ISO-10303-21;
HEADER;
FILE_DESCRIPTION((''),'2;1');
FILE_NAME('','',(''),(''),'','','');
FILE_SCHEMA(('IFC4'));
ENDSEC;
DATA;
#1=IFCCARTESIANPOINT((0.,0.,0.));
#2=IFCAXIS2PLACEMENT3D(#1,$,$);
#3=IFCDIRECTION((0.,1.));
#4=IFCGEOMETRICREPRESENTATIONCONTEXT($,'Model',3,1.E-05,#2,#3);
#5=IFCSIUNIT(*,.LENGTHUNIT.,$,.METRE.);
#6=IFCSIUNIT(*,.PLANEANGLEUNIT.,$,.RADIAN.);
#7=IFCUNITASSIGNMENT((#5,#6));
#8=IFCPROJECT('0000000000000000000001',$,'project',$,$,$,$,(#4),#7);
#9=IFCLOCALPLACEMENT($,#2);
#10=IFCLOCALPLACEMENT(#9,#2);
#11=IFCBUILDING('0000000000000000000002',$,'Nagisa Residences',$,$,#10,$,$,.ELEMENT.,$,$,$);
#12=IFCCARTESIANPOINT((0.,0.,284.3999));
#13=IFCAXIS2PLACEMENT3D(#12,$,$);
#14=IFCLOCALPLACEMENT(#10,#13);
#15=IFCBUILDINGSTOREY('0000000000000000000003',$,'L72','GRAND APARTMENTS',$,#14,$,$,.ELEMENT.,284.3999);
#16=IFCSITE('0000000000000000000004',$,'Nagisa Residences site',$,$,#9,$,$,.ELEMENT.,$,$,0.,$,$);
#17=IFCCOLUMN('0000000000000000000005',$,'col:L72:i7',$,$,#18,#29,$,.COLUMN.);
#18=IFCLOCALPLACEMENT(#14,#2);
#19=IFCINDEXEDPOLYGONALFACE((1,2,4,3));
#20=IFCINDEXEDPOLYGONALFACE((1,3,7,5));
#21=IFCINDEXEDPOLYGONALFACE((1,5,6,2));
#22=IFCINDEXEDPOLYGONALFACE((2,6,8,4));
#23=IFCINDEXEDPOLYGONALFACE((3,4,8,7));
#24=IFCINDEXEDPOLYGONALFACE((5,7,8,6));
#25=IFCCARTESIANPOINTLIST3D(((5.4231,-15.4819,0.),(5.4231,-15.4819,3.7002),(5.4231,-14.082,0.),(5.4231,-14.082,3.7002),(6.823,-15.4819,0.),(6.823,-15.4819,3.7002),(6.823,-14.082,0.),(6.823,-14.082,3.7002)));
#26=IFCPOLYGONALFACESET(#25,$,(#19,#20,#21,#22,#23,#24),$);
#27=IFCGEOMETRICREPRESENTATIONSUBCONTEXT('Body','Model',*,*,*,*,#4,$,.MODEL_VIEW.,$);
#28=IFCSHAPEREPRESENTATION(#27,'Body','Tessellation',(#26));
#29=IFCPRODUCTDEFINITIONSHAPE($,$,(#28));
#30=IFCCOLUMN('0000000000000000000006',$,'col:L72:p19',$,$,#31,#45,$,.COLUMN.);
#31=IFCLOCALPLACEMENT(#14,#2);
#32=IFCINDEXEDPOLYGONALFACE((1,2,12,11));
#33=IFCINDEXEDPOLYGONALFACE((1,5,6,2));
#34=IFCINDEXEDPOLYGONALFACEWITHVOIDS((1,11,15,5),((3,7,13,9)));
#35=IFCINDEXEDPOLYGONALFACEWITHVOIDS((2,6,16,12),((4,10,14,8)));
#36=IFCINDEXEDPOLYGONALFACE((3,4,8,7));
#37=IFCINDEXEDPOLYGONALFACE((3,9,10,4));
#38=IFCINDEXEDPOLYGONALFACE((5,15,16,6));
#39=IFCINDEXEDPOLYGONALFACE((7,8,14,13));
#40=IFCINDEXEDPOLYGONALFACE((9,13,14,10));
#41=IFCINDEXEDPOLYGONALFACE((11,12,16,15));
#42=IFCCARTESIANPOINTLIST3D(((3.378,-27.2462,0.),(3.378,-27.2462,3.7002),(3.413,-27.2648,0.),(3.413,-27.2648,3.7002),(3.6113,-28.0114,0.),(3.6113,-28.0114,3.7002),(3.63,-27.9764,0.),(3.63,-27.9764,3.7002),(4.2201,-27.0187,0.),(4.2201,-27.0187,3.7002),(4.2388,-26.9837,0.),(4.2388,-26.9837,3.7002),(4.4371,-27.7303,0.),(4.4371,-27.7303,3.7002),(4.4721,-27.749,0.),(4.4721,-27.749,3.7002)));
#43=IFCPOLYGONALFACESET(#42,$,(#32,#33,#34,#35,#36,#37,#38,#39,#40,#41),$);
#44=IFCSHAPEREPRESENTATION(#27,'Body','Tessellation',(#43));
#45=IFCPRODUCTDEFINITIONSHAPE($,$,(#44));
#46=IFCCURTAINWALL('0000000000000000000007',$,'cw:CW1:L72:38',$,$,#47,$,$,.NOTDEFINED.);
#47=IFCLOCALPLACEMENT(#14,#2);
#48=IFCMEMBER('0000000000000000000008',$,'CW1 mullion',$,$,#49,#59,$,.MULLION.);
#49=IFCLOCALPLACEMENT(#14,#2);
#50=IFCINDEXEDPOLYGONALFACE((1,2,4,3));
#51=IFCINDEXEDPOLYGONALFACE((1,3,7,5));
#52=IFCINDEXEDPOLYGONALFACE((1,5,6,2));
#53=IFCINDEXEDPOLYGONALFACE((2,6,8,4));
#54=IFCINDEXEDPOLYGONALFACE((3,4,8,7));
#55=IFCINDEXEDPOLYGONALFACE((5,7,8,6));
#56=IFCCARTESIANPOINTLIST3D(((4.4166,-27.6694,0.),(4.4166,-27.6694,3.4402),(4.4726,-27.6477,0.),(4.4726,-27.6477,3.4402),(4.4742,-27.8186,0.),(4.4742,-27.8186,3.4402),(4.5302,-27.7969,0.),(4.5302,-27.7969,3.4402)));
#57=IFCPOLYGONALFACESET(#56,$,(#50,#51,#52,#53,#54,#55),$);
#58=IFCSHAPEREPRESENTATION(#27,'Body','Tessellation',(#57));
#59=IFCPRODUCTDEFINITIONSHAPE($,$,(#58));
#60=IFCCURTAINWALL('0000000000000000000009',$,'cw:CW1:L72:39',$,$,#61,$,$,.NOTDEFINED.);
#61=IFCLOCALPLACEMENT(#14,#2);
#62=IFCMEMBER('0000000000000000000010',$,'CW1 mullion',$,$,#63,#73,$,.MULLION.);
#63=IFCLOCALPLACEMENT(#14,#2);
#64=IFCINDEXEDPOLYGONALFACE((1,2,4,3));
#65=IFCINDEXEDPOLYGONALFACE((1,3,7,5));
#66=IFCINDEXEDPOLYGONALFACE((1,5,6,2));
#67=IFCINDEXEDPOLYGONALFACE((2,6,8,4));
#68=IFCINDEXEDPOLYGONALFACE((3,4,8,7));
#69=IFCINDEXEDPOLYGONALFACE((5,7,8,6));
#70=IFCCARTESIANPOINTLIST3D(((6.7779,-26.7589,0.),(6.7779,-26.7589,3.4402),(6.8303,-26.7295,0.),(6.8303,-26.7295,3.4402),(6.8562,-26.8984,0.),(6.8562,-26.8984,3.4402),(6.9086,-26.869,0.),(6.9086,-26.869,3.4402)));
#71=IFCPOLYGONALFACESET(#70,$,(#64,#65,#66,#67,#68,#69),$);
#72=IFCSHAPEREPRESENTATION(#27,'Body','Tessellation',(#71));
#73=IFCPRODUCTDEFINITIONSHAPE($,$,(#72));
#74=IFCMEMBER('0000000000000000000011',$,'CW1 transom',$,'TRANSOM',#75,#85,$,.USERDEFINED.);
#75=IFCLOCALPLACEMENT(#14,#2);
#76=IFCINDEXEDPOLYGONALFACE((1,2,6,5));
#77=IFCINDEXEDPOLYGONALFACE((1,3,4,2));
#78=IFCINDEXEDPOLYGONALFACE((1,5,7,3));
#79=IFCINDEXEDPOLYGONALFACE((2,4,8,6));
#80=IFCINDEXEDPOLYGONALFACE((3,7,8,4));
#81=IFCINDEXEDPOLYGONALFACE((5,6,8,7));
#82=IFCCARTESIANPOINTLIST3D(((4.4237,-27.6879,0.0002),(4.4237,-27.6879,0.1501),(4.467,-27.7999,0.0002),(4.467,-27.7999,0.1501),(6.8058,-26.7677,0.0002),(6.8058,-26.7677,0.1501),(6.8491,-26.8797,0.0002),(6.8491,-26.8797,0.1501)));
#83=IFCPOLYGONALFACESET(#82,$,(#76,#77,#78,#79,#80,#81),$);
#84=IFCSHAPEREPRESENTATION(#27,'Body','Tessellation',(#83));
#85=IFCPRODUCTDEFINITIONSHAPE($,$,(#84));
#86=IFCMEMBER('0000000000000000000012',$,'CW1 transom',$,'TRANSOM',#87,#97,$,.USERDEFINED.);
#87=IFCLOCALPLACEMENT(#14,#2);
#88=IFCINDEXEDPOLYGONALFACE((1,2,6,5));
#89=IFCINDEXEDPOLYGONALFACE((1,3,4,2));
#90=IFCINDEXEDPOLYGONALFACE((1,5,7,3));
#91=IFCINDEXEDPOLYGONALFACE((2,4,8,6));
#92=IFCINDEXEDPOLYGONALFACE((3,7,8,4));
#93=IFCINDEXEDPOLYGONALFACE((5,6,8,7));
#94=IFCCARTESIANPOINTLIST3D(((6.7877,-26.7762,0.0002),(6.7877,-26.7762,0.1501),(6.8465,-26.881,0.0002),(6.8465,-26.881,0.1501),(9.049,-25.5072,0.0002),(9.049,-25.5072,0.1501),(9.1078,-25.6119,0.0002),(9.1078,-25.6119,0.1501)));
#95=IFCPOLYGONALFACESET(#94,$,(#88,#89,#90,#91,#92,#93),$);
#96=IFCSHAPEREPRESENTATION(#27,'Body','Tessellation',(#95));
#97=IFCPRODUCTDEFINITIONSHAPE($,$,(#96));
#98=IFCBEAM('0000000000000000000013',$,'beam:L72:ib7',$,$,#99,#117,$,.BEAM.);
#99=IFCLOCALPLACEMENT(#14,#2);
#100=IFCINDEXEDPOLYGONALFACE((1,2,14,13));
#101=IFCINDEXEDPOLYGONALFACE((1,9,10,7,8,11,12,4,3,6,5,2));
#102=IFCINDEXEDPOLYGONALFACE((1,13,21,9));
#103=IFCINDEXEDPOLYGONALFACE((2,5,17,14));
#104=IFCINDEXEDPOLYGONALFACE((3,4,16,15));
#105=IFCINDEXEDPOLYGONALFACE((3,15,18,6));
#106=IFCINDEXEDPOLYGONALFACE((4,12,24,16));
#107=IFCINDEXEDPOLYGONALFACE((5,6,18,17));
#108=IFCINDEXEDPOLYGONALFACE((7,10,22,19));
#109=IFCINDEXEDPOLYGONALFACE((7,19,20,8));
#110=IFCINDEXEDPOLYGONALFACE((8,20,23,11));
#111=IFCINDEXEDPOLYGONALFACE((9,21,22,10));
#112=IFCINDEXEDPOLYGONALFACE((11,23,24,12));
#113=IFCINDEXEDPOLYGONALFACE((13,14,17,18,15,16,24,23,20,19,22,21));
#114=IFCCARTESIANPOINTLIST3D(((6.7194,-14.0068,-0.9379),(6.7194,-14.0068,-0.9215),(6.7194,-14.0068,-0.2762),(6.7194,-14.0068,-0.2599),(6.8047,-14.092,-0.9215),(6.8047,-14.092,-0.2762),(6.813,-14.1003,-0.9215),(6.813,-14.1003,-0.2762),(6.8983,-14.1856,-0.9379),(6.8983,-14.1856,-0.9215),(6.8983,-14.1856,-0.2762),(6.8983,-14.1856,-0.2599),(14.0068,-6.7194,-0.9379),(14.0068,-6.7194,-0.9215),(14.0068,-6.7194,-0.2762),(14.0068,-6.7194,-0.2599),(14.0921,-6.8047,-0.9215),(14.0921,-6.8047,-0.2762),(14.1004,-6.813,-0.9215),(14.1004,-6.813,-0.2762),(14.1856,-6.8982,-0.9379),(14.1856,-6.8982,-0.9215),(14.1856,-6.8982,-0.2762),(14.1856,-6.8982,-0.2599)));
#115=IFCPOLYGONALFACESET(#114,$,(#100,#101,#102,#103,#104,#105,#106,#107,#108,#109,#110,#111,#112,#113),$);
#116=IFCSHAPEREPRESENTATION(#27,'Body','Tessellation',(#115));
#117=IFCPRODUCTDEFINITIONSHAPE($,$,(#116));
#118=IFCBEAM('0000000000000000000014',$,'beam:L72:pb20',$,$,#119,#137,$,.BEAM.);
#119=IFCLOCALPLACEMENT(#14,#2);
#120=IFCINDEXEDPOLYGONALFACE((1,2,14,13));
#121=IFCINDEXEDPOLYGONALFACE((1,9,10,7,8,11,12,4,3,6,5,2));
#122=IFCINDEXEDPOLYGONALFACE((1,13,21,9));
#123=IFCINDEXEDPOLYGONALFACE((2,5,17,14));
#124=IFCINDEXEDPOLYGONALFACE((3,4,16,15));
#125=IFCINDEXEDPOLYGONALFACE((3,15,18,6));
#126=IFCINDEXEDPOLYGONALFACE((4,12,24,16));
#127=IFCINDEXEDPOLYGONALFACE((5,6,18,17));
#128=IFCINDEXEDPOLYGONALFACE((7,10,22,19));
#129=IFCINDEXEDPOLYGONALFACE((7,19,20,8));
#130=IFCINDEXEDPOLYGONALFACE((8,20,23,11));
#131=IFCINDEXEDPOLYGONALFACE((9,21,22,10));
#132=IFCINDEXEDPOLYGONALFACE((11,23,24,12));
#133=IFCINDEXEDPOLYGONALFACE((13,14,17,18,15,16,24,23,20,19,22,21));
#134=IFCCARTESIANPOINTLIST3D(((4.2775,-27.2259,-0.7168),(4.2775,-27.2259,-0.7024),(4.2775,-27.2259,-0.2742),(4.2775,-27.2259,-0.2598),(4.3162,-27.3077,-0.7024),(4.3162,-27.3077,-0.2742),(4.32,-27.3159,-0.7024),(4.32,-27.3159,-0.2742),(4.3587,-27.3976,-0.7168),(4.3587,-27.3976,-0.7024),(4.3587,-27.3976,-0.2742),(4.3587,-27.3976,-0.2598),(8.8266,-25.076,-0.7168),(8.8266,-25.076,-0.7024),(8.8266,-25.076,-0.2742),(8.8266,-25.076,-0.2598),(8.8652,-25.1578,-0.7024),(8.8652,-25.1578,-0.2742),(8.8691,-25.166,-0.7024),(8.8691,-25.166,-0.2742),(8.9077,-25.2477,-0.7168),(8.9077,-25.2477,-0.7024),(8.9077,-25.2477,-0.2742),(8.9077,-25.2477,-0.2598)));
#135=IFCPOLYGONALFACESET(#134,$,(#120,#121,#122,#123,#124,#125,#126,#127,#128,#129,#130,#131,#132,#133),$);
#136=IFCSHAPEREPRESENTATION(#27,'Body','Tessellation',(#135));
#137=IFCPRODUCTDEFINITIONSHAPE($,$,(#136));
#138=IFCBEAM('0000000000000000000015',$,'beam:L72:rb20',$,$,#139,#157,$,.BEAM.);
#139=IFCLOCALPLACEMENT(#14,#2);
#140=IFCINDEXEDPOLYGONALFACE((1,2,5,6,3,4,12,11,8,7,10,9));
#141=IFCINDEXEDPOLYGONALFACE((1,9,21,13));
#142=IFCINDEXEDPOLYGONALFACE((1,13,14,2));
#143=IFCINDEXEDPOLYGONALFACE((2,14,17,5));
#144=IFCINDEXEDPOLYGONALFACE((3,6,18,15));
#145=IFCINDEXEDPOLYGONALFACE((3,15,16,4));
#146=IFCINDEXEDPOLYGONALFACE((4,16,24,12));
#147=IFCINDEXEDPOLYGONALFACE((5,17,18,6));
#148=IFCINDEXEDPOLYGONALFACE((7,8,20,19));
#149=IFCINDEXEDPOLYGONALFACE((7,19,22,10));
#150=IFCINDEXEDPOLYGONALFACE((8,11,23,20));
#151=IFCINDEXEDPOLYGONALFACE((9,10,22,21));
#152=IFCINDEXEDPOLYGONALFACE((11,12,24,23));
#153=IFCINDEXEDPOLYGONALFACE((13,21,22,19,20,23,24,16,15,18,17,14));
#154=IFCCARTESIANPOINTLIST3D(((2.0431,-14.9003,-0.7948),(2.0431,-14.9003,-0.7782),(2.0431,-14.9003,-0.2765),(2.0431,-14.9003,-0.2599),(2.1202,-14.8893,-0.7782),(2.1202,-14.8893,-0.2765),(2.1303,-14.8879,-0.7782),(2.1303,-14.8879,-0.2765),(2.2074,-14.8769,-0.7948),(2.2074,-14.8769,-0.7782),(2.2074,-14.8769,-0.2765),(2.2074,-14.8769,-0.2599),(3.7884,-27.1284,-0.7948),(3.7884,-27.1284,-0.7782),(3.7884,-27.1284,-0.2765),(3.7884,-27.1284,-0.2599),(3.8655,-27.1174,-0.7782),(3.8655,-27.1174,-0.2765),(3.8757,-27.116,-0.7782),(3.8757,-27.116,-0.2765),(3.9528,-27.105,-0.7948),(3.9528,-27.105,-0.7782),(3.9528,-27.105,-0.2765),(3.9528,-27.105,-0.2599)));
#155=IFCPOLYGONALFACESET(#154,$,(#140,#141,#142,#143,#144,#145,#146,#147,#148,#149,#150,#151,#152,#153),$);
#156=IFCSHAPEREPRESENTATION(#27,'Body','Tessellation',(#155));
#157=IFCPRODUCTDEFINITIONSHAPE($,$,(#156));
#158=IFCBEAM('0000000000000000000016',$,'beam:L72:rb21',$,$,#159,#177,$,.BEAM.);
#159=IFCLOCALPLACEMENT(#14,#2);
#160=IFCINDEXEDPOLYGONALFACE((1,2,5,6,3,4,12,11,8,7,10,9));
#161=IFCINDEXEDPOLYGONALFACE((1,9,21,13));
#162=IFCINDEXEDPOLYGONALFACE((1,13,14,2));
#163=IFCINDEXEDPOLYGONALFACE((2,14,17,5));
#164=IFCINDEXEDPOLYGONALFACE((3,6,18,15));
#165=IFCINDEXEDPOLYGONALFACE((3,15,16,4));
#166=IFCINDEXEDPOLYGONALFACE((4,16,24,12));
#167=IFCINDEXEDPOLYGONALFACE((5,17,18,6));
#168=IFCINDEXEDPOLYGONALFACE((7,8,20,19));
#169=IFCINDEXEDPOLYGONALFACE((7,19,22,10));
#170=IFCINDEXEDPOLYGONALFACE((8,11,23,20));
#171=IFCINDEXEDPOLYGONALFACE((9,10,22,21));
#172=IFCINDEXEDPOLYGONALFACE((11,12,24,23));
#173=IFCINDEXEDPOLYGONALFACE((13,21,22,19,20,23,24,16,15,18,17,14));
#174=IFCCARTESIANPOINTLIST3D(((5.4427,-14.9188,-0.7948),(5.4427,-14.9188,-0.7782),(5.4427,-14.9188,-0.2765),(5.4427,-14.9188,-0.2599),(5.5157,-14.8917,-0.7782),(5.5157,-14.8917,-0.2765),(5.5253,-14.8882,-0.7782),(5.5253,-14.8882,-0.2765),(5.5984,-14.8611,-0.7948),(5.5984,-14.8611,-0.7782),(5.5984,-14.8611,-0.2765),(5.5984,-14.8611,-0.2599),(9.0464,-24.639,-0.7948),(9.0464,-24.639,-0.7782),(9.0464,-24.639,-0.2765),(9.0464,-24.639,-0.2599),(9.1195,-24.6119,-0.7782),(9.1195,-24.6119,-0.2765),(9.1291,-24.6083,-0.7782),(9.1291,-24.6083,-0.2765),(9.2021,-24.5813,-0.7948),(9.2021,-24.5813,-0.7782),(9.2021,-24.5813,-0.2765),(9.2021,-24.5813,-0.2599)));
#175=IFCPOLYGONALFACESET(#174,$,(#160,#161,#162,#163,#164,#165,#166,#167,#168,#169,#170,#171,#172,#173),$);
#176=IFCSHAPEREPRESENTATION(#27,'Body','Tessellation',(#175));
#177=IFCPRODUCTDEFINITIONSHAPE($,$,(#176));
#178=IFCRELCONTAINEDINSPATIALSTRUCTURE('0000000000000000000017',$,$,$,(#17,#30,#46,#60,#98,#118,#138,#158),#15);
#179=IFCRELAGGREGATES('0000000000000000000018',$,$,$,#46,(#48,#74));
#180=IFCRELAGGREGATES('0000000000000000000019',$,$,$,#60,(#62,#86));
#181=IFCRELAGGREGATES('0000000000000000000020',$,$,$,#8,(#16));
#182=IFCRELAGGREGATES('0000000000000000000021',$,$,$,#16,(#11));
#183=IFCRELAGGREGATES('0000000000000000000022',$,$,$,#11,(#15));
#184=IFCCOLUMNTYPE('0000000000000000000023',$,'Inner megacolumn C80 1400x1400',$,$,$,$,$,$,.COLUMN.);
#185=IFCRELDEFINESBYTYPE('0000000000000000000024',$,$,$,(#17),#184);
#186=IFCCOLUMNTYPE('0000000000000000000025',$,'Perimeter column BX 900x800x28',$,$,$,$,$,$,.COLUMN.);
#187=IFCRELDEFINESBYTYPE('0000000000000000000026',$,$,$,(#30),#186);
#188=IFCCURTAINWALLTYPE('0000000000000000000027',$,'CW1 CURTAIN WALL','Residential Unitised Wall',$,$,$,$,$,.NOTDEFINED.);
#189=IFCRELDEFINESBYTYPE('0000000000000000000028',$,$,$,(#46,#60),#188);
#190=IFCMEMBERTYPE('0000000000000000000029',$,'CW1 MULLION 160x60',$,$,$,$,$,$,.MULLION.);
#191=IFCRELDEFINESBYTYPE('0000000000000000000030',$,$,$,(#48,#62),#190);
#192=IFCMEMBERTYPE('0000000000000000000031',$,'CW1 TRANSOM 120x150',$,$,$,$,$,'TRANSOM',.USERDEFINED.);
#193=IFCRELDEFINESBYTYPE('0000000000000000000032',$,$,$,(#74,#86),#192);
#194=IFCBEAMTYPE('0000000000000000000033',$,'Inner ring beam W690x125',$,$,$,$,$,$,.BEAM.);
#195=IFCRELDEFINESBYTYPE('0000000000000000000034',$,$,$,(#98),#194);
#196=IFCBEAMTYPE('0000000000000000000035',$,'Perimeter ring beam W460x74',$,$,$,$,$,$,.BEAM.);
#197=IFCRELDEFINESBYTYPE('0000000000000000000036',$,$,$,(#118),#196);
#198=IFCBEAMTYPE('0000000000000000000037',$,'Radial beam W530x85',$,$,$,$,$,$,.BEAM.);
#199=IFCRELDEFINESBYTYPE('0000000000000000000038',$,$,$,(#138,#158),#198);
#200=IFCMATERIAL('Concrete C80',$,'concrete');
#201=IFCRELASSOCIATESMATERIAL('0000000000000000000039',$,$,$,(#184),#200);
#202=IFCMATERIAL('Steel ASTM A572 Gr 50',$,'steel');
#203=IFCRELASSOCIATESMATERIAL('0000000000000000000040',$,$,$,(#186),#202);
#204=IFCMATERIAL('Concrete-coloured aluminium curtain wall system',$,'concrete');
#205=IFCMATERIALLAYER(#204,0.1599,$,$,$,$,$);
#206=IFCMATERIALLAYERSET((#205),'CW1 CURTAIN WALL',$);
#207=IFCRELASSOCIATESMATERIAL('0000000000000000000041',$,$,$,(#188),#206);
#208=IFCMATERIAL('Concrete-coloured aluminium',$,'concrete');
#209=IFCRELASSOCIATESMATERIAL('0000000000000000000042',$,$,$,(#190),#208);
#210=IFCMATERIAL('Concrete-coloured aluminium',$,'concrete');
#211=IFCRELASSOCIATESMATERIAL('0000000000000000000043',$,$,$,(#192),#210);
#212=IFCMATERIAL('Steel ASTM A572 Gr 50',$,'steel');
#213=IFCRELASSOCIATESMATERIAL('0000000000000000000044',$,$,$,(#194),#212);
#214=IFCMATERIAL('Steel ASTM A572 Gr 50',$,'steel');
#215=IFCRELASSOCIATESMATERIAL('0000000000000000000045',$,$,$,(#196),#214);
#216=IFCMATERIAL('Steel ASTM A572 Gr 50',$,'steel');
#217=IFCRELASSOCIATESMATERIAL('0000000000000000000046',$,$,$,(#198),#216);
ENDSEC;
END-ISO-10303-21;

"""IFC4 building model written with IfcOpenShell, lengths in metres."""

from ifc_helpers import new_model, si_unit, direction, frame, origin, origin_2d, place, context, subcontext, project, spatial, rectangle, hollow_rectangle, i_section, extrude, material, layer, layer_set, material_profile, profile_set, type_object, element, aggregate, save


model = new_model("IFC4")

# Units and contexts
model_context = context("Model", 3, precision=1e-05, world=origin(), true_north=direction((0.0, 1.0)))
body_context = subcontext(model_context, "Body", "Model", "MODEL_VIEW")
ifc_project = project(units=[si_unit("LENGTHUNIT", "METRE"), si_unit("PLANEANGLEUNIT", "RADIAN")], contexts=[model_context])

# Site, building, storey
site_placement = place(None, origin())
site = spatial("IfcSite", under=ifc_project, at=site_placement, Name="Nagisa Residences site", CompositionType="ELEMENT", RefElevation=0.0)
building_placement = place(site_placement, origin())
building = spatial("IfcBuilding", under=site, at=building_placement, Name="Nagisa Residences", CompositionType="ELEMENT")
storey_placement = place(building_placement, frame((0.0, 0.0, 284.3999)))
storey = spatial("IfcBuildingStorey", under=building, at=storey_placement, Name="L72", Description="GRAND APARTMENTS", CompositionType="ELEMENT", Elevation=284.3999)

# Columns
ifc_material_1 = material(Name="Concrete C80", Category="concrete")
ifc_material_profile_1 = material_profile(ifc_material_1, rectangle(XDim=1.3999, YDim=1.3999, at=origin_2d()), Name="C80 1400x1400")
ifc_profile_set_1 = profile_set([ifc_material_profile_1], Name="Concrete C80")
column_type_1 = type_object("IfcColumnType", Name="Inner megacolumn C80 1400x1400", PredefinedType="COLUMN", material=ifc_profile_set_1)
column_1_placement = place(storey_placement, frame((6.123, -14.782, 0.0), z_axis=(0.0, 0.0, 1.0), x_axis=(1.0, 0.0, 0.0)))
element("IfcColumn", 1, at=column_1_placement, inside=storey, type_object=column_type_1, Name="col:L72:i7", PredefinedType="COLUMN", context=body_context, shape_type="SweptSolid", body=[
    extrude(rectangle(XDim=1.3999, YDim=1.3999, at=origin_2d()), origin(), (0.0, 0.0, 1.0), 3.7002),
])
ifc_material_2 = material(Name="Steel ASTM A572 Gr 50", Category="steel")
ifc_material_profile_2 = material_profile(ifc_material_2, hollow_rectangle(XDim=0.8999, YDim=0.8, WallThickness=0.0281, at=origin_2d()), Name="BX 900x800x28")
ifc_profile_set_2 = profile_set([ifc_material_profile_2], Name="Steel ASTM A572 Gr 50")
column_type_2 = type_object("IfcColumnType", Name="Perimeter column BX 900x800x28", PredefinedType="COLUMN", material=ifc_profile_set_2)
column_2_placement = place(storey_placement, frame((3.925, -27.4976, 0.0), z_axis=(0.0, 0.0, 1.0), x_axis=(0.956525, 0.291652, 0.0)))
element("IfcColumn", 2, at=column_2_placement, inside=storey, type_object=column_type_2, Name="col:L72:p19", PredefinedType="COLUMN", context=body_context, shape_type="SweptSolid", body=[
    extrude(hollow_rectangle(XDim=0.8999, YDim=0.8, WallThickness=0.0281, at=origin_2d()), origin(), (0.0, 0.0, 1.0), 3.7002),
])

# Curtain walls, members
ifc_material_3 = material(Name="Concrete-coloured aluminium curtain wall system", Category="concrete")
ifc_layer_1 = layer(ifc_material_3, 0.1599)
ifc_layer_set_1 = layer_set([ifc_layer_1], Name="CW1 CURTAIN WALL")
curtain_wall_type = type_object("IfcCurtainWallType", Name="CW1 CURTAIN WALL", Description="Residential Unitised Wall", PredefinedType="NOTDEFINED", material=ifc_layer_set_1)
curtain_wall_1_placement = place(storey_placement, origin())
curtain_wall_1 = element("IfcCurtainWall", 3, at=curtain_wall_1_placement, inside=storey, type_object=curtain_wall_type, Name="cw:CW1:L72:38", PredefinedType="NOTDEFINED")
ifc_material_4 = material(Name="Concrete-coloured aluminium", Category="concrete")
ifc_material_profile_3 = material_profile(ifc_material_4, rectangle(XDim=0.1599, YDim=0.0601, at=origin_2d()), Name="CW1 MULLION 160x60")
ifc_profile_set_3 = profile_set([ifc_material_profile_3], Name="Concrete-coloured aluminium")
member_type_1 = type_object("IfcMemberType", Name="CW1 MULLION 160x60", PredefinedType="MULLION", material=ifc_profile_set_3)
member_1_placement = place(storey_placement, frame((4.4734, -27.7332, 0.0), z_axis=(0.0, 0.0, 1.0), x_axis=(-0.360328, 0.932826, 0.0)))
member_1 = element("IfcMember", 4, at=member_1_placement, type_object=member_type_1, Name="CW1 mullion", PredefinedType="MULLION", context=body_context, shape_type="SweptSolid", body=[
    extrude(rectangle(XDim=0.1599, YDim=0.0601, at=origin_2d()), origin(), (0.0, 0.0, 1.0), 3.4402),
])
curtain_wall_2_placement = place(storey_placement, origin())
curtain_wall_2 = element("IfcCurtainWall", 5, at=curtain_wall_2_placement, inside=storey, type_object=curtain_wall_type, Name="cw:CW1:L72:39", PredefinedType="NOTDEFINED")
member_2_placement = place(storey_placement, frame((6.8433, -26.814, 0.0), z_axis=(0.0, 0.0, 1.0), x_axis=(-0.489377, 0.872072, 0.0)))
member_2 = element("IfcMember", 6, at=member_2_placement, type_object=member_type_1, Name="CW1 mullion", PredefinedType="MULLION", context=body_context, shape_type="SweptSolid", body=[
    extrude(rectangle(XDim=0.1599, YDim=0.0601, at=origin_2d()), origin(), (0.0, 0.0, 1.0), 3.4402),
])

# Members
ifc_material_5 = material(Name="Concrete-coloured aluminium", Category="concrete")
ifc_material_profile_4 = material_profile(ifc_material_5, rectangle(XDim=0.1201, YDim=0.1499, at=origin_2d()), Name="CW1 TRANSOM 120x150")
ifc_profile_set_4 = profile_set([ifc_material_profile_4], Name="Concrete-coloured aluminium")
member_type_2 = type_object("IfcMemberType", Name="CW1 TRANSOM 120x150", ElementType="TRANSOM", PredefinedType="USERDEFINED", material=ifc_profile_set_4)
member_3_placement = place(storey_placement, frame((4.4453, -27.7439, 0.0752), z_axis=(0.932822, 0.360337, 0.0), x_axis=(-0.360337, 0.932822, 0.0)))
member_3 = element("IfcMember", 7, at=member_3_placement, type_object=member_type_2, Name="CW1 transom", ObjectType="TRANSOM", PredefinedType="USERDEFINED", context=body_context, shape_type="SweptSolid", body=[
    extrude(rectangle(XDim=0.1201, YDim=0.1499, at=origin_2d()), origin(), (0.0, 0.0, 1.0), 2.5537),
])
member_4_placement = place(storey_placement, frame((6.8171, -26.8286, 0.0752), z_axis=(0.872053, 0.489412, 0.0), x_axis=(-0.489412, 0.872053, 0.0)))
member_4 = element("IfcMember", 8, at=member_4_placement, type_object=member_type_2, Name="CW1 transom", ObjectType="TRANSOM", PredefinedType="USERDEFINED", context=body_context, shape_type="SweptSolid", body=[
    extrude(rectangle(XDim=0.1201, YDim=0.1499, at=origin_2d()), origin(), (0.0, 0.0, 1.0), 2.593),
])

# Beams
ifc_material_6 = material(Name="Steel ASTM A572 Gr 50", Category="steel")
ifc_material_profile_5 = material_profile(ifc_material_6, i_section(OverallWidth=0.2529, OverallDepth=0.678, WebThickness=0.0117, FlangeThickness=0.0164, at=origin_2d()), Name="W690x125")
ifc_profile_set_5 = profile_set([ifc_material_profile_5], Name="Steel ASTM A572 Gr 50")
beam_type_1 = type_object("IfcBeamType", Name="Inner ring beam W690x125", PredefinedType="BEAM", material=ifc_profile_set_5)
beam_1_placement = place(storey_placement, frame((6.8088, -14.0962, -0.5989), z_axis=(0.707107, 0.707107, 0.0), x_axis=(-0.707107, 0.707107, 0.0)))
element("IfcBeam", 9, at=beam_1_placement, inside=storey, type_object=beam_type_1, Name="beam:L72:ib7", PredefinedType="BEAM", context=body_context, shape_type="SweptSolid", body=[
    extrude(i_section(OverallWidth=0.2529, OverallDepth=0.678, WebThickness=0.0117, FlangeThickness=0.0164, at=origin_2d()), origin(), (0.0, 0.0, 1.0), 10.3059),
])
ifc_material_7 = material(Name="Steel ASTM A572 Gr 50", Category="steel")
ifc_material_profile_6 = material_profile(ifc_material_7, i_section(OverallWidth=0.1899, OverallDepth=0.457, WebThickness=0.009, FlangeThickness=0.0144, at=origin_2d()), Name="W460x74")
ifc_profile_set_6 = profile_set([ifc_material_profile_6], Name="Steel ASTM A572 Gr 50")
beam_type_2 = type_object("IfcBeamType", Name="Perimeter ring beam W460x74", PredefinedType="BEAM", material=ifc_profile_set_6)
beam_2_placement = place(storey_placement, frame((4.3181, -27.3118, -0.4883), z_axis=(0.904116, 0.427287, 0.0), x_axis=(-0.427287, 0.904116, 0.0)))
element("IfcBeam", 10, at=beam_2_placement, inside=storey, type_object=beam_type_2, Name="beam:L72:pb20", PredefinedType="BEAM", context=body_context, shape_type="SweptSolid", body=[
    extrude(i_section(OverallWidth=0.1899, OverallDepth=0.457, WebThickness=0.009, FlangeThickness=0.0144, at=origin_2d()), origin(), (0.0, 0.0, 1.0), 5.0315),
])
ifc_material_8 = material(Name="Steel ASTM A572 Gr 50", Category="steel")
ifc_material_profile_7 = material_profile(ifc_material_8, i_section(OverallWidth=0.166, OverallDepth=0.5349, WebThickness=0.0103, FlangeThickness=0.0166, at=origin_2d()), Name="W530x85")
ifc_profile_set_7 = profile_set([ifc_material_profile_7], Name="Steel ASTM A572 Gr 50")
beam_type_3 = type_object("IfcBeamType", Name="Radial beam W530x85", PredefinedType="BEAM", material=ifc_profile_set_7)
beam_3_placement = place(storey_placement, frame((3.8706, -27.1167, -0.5273), z_axis=(-0.141302, 0.989966, 0.0), x_axis=(-0.989966, -0.141302, 0.0)))
element("IfcBeam", 11, at=beam_3_placement, inside=storey, type_object=beam_type_3, Name="beam:L72:rb20", PredefinedType="BEAM", context=body_context, shape_type="SweptSolid", body=[
    extrude(i_section(OverallWidth=0.166, OverallDepth=0.5349, WebThickness=0.0103, FlangeThickness=0.0166, at=origin_2d()), origin(), (0.0, 0.0, 1.0), 12.3521),
])
beam_4_placement = place(storey_placement, frame((9.1243, -24.6101, -0.5273), z_axis=(-0.347627, 0.937633, 0.0), x_axis=(-0.937633, -0.347627, 0.0)))
element("IfcBeam", 12, at=beam_4_placement, inside=storey, type_object=beam_type_3, Name="beam:L72:rb21", PredefinedType="BEAM", context=body_context, shape_type="SweptSolid", body=[
    extrude(i_section(OverallWidth=0.166, OverallDepth=0.5349, WebThickness=0.0103, FlangeThickness=0.0166, at=origin_2d()), origin(), (0.0, 0.0, 1.0), 10.3667),
])

aggregate(curtain_wall_1, [member_1, member_3])
aggregate(curtain_wall_2, [member_2, member_4])

save(model, "model.ifc")
